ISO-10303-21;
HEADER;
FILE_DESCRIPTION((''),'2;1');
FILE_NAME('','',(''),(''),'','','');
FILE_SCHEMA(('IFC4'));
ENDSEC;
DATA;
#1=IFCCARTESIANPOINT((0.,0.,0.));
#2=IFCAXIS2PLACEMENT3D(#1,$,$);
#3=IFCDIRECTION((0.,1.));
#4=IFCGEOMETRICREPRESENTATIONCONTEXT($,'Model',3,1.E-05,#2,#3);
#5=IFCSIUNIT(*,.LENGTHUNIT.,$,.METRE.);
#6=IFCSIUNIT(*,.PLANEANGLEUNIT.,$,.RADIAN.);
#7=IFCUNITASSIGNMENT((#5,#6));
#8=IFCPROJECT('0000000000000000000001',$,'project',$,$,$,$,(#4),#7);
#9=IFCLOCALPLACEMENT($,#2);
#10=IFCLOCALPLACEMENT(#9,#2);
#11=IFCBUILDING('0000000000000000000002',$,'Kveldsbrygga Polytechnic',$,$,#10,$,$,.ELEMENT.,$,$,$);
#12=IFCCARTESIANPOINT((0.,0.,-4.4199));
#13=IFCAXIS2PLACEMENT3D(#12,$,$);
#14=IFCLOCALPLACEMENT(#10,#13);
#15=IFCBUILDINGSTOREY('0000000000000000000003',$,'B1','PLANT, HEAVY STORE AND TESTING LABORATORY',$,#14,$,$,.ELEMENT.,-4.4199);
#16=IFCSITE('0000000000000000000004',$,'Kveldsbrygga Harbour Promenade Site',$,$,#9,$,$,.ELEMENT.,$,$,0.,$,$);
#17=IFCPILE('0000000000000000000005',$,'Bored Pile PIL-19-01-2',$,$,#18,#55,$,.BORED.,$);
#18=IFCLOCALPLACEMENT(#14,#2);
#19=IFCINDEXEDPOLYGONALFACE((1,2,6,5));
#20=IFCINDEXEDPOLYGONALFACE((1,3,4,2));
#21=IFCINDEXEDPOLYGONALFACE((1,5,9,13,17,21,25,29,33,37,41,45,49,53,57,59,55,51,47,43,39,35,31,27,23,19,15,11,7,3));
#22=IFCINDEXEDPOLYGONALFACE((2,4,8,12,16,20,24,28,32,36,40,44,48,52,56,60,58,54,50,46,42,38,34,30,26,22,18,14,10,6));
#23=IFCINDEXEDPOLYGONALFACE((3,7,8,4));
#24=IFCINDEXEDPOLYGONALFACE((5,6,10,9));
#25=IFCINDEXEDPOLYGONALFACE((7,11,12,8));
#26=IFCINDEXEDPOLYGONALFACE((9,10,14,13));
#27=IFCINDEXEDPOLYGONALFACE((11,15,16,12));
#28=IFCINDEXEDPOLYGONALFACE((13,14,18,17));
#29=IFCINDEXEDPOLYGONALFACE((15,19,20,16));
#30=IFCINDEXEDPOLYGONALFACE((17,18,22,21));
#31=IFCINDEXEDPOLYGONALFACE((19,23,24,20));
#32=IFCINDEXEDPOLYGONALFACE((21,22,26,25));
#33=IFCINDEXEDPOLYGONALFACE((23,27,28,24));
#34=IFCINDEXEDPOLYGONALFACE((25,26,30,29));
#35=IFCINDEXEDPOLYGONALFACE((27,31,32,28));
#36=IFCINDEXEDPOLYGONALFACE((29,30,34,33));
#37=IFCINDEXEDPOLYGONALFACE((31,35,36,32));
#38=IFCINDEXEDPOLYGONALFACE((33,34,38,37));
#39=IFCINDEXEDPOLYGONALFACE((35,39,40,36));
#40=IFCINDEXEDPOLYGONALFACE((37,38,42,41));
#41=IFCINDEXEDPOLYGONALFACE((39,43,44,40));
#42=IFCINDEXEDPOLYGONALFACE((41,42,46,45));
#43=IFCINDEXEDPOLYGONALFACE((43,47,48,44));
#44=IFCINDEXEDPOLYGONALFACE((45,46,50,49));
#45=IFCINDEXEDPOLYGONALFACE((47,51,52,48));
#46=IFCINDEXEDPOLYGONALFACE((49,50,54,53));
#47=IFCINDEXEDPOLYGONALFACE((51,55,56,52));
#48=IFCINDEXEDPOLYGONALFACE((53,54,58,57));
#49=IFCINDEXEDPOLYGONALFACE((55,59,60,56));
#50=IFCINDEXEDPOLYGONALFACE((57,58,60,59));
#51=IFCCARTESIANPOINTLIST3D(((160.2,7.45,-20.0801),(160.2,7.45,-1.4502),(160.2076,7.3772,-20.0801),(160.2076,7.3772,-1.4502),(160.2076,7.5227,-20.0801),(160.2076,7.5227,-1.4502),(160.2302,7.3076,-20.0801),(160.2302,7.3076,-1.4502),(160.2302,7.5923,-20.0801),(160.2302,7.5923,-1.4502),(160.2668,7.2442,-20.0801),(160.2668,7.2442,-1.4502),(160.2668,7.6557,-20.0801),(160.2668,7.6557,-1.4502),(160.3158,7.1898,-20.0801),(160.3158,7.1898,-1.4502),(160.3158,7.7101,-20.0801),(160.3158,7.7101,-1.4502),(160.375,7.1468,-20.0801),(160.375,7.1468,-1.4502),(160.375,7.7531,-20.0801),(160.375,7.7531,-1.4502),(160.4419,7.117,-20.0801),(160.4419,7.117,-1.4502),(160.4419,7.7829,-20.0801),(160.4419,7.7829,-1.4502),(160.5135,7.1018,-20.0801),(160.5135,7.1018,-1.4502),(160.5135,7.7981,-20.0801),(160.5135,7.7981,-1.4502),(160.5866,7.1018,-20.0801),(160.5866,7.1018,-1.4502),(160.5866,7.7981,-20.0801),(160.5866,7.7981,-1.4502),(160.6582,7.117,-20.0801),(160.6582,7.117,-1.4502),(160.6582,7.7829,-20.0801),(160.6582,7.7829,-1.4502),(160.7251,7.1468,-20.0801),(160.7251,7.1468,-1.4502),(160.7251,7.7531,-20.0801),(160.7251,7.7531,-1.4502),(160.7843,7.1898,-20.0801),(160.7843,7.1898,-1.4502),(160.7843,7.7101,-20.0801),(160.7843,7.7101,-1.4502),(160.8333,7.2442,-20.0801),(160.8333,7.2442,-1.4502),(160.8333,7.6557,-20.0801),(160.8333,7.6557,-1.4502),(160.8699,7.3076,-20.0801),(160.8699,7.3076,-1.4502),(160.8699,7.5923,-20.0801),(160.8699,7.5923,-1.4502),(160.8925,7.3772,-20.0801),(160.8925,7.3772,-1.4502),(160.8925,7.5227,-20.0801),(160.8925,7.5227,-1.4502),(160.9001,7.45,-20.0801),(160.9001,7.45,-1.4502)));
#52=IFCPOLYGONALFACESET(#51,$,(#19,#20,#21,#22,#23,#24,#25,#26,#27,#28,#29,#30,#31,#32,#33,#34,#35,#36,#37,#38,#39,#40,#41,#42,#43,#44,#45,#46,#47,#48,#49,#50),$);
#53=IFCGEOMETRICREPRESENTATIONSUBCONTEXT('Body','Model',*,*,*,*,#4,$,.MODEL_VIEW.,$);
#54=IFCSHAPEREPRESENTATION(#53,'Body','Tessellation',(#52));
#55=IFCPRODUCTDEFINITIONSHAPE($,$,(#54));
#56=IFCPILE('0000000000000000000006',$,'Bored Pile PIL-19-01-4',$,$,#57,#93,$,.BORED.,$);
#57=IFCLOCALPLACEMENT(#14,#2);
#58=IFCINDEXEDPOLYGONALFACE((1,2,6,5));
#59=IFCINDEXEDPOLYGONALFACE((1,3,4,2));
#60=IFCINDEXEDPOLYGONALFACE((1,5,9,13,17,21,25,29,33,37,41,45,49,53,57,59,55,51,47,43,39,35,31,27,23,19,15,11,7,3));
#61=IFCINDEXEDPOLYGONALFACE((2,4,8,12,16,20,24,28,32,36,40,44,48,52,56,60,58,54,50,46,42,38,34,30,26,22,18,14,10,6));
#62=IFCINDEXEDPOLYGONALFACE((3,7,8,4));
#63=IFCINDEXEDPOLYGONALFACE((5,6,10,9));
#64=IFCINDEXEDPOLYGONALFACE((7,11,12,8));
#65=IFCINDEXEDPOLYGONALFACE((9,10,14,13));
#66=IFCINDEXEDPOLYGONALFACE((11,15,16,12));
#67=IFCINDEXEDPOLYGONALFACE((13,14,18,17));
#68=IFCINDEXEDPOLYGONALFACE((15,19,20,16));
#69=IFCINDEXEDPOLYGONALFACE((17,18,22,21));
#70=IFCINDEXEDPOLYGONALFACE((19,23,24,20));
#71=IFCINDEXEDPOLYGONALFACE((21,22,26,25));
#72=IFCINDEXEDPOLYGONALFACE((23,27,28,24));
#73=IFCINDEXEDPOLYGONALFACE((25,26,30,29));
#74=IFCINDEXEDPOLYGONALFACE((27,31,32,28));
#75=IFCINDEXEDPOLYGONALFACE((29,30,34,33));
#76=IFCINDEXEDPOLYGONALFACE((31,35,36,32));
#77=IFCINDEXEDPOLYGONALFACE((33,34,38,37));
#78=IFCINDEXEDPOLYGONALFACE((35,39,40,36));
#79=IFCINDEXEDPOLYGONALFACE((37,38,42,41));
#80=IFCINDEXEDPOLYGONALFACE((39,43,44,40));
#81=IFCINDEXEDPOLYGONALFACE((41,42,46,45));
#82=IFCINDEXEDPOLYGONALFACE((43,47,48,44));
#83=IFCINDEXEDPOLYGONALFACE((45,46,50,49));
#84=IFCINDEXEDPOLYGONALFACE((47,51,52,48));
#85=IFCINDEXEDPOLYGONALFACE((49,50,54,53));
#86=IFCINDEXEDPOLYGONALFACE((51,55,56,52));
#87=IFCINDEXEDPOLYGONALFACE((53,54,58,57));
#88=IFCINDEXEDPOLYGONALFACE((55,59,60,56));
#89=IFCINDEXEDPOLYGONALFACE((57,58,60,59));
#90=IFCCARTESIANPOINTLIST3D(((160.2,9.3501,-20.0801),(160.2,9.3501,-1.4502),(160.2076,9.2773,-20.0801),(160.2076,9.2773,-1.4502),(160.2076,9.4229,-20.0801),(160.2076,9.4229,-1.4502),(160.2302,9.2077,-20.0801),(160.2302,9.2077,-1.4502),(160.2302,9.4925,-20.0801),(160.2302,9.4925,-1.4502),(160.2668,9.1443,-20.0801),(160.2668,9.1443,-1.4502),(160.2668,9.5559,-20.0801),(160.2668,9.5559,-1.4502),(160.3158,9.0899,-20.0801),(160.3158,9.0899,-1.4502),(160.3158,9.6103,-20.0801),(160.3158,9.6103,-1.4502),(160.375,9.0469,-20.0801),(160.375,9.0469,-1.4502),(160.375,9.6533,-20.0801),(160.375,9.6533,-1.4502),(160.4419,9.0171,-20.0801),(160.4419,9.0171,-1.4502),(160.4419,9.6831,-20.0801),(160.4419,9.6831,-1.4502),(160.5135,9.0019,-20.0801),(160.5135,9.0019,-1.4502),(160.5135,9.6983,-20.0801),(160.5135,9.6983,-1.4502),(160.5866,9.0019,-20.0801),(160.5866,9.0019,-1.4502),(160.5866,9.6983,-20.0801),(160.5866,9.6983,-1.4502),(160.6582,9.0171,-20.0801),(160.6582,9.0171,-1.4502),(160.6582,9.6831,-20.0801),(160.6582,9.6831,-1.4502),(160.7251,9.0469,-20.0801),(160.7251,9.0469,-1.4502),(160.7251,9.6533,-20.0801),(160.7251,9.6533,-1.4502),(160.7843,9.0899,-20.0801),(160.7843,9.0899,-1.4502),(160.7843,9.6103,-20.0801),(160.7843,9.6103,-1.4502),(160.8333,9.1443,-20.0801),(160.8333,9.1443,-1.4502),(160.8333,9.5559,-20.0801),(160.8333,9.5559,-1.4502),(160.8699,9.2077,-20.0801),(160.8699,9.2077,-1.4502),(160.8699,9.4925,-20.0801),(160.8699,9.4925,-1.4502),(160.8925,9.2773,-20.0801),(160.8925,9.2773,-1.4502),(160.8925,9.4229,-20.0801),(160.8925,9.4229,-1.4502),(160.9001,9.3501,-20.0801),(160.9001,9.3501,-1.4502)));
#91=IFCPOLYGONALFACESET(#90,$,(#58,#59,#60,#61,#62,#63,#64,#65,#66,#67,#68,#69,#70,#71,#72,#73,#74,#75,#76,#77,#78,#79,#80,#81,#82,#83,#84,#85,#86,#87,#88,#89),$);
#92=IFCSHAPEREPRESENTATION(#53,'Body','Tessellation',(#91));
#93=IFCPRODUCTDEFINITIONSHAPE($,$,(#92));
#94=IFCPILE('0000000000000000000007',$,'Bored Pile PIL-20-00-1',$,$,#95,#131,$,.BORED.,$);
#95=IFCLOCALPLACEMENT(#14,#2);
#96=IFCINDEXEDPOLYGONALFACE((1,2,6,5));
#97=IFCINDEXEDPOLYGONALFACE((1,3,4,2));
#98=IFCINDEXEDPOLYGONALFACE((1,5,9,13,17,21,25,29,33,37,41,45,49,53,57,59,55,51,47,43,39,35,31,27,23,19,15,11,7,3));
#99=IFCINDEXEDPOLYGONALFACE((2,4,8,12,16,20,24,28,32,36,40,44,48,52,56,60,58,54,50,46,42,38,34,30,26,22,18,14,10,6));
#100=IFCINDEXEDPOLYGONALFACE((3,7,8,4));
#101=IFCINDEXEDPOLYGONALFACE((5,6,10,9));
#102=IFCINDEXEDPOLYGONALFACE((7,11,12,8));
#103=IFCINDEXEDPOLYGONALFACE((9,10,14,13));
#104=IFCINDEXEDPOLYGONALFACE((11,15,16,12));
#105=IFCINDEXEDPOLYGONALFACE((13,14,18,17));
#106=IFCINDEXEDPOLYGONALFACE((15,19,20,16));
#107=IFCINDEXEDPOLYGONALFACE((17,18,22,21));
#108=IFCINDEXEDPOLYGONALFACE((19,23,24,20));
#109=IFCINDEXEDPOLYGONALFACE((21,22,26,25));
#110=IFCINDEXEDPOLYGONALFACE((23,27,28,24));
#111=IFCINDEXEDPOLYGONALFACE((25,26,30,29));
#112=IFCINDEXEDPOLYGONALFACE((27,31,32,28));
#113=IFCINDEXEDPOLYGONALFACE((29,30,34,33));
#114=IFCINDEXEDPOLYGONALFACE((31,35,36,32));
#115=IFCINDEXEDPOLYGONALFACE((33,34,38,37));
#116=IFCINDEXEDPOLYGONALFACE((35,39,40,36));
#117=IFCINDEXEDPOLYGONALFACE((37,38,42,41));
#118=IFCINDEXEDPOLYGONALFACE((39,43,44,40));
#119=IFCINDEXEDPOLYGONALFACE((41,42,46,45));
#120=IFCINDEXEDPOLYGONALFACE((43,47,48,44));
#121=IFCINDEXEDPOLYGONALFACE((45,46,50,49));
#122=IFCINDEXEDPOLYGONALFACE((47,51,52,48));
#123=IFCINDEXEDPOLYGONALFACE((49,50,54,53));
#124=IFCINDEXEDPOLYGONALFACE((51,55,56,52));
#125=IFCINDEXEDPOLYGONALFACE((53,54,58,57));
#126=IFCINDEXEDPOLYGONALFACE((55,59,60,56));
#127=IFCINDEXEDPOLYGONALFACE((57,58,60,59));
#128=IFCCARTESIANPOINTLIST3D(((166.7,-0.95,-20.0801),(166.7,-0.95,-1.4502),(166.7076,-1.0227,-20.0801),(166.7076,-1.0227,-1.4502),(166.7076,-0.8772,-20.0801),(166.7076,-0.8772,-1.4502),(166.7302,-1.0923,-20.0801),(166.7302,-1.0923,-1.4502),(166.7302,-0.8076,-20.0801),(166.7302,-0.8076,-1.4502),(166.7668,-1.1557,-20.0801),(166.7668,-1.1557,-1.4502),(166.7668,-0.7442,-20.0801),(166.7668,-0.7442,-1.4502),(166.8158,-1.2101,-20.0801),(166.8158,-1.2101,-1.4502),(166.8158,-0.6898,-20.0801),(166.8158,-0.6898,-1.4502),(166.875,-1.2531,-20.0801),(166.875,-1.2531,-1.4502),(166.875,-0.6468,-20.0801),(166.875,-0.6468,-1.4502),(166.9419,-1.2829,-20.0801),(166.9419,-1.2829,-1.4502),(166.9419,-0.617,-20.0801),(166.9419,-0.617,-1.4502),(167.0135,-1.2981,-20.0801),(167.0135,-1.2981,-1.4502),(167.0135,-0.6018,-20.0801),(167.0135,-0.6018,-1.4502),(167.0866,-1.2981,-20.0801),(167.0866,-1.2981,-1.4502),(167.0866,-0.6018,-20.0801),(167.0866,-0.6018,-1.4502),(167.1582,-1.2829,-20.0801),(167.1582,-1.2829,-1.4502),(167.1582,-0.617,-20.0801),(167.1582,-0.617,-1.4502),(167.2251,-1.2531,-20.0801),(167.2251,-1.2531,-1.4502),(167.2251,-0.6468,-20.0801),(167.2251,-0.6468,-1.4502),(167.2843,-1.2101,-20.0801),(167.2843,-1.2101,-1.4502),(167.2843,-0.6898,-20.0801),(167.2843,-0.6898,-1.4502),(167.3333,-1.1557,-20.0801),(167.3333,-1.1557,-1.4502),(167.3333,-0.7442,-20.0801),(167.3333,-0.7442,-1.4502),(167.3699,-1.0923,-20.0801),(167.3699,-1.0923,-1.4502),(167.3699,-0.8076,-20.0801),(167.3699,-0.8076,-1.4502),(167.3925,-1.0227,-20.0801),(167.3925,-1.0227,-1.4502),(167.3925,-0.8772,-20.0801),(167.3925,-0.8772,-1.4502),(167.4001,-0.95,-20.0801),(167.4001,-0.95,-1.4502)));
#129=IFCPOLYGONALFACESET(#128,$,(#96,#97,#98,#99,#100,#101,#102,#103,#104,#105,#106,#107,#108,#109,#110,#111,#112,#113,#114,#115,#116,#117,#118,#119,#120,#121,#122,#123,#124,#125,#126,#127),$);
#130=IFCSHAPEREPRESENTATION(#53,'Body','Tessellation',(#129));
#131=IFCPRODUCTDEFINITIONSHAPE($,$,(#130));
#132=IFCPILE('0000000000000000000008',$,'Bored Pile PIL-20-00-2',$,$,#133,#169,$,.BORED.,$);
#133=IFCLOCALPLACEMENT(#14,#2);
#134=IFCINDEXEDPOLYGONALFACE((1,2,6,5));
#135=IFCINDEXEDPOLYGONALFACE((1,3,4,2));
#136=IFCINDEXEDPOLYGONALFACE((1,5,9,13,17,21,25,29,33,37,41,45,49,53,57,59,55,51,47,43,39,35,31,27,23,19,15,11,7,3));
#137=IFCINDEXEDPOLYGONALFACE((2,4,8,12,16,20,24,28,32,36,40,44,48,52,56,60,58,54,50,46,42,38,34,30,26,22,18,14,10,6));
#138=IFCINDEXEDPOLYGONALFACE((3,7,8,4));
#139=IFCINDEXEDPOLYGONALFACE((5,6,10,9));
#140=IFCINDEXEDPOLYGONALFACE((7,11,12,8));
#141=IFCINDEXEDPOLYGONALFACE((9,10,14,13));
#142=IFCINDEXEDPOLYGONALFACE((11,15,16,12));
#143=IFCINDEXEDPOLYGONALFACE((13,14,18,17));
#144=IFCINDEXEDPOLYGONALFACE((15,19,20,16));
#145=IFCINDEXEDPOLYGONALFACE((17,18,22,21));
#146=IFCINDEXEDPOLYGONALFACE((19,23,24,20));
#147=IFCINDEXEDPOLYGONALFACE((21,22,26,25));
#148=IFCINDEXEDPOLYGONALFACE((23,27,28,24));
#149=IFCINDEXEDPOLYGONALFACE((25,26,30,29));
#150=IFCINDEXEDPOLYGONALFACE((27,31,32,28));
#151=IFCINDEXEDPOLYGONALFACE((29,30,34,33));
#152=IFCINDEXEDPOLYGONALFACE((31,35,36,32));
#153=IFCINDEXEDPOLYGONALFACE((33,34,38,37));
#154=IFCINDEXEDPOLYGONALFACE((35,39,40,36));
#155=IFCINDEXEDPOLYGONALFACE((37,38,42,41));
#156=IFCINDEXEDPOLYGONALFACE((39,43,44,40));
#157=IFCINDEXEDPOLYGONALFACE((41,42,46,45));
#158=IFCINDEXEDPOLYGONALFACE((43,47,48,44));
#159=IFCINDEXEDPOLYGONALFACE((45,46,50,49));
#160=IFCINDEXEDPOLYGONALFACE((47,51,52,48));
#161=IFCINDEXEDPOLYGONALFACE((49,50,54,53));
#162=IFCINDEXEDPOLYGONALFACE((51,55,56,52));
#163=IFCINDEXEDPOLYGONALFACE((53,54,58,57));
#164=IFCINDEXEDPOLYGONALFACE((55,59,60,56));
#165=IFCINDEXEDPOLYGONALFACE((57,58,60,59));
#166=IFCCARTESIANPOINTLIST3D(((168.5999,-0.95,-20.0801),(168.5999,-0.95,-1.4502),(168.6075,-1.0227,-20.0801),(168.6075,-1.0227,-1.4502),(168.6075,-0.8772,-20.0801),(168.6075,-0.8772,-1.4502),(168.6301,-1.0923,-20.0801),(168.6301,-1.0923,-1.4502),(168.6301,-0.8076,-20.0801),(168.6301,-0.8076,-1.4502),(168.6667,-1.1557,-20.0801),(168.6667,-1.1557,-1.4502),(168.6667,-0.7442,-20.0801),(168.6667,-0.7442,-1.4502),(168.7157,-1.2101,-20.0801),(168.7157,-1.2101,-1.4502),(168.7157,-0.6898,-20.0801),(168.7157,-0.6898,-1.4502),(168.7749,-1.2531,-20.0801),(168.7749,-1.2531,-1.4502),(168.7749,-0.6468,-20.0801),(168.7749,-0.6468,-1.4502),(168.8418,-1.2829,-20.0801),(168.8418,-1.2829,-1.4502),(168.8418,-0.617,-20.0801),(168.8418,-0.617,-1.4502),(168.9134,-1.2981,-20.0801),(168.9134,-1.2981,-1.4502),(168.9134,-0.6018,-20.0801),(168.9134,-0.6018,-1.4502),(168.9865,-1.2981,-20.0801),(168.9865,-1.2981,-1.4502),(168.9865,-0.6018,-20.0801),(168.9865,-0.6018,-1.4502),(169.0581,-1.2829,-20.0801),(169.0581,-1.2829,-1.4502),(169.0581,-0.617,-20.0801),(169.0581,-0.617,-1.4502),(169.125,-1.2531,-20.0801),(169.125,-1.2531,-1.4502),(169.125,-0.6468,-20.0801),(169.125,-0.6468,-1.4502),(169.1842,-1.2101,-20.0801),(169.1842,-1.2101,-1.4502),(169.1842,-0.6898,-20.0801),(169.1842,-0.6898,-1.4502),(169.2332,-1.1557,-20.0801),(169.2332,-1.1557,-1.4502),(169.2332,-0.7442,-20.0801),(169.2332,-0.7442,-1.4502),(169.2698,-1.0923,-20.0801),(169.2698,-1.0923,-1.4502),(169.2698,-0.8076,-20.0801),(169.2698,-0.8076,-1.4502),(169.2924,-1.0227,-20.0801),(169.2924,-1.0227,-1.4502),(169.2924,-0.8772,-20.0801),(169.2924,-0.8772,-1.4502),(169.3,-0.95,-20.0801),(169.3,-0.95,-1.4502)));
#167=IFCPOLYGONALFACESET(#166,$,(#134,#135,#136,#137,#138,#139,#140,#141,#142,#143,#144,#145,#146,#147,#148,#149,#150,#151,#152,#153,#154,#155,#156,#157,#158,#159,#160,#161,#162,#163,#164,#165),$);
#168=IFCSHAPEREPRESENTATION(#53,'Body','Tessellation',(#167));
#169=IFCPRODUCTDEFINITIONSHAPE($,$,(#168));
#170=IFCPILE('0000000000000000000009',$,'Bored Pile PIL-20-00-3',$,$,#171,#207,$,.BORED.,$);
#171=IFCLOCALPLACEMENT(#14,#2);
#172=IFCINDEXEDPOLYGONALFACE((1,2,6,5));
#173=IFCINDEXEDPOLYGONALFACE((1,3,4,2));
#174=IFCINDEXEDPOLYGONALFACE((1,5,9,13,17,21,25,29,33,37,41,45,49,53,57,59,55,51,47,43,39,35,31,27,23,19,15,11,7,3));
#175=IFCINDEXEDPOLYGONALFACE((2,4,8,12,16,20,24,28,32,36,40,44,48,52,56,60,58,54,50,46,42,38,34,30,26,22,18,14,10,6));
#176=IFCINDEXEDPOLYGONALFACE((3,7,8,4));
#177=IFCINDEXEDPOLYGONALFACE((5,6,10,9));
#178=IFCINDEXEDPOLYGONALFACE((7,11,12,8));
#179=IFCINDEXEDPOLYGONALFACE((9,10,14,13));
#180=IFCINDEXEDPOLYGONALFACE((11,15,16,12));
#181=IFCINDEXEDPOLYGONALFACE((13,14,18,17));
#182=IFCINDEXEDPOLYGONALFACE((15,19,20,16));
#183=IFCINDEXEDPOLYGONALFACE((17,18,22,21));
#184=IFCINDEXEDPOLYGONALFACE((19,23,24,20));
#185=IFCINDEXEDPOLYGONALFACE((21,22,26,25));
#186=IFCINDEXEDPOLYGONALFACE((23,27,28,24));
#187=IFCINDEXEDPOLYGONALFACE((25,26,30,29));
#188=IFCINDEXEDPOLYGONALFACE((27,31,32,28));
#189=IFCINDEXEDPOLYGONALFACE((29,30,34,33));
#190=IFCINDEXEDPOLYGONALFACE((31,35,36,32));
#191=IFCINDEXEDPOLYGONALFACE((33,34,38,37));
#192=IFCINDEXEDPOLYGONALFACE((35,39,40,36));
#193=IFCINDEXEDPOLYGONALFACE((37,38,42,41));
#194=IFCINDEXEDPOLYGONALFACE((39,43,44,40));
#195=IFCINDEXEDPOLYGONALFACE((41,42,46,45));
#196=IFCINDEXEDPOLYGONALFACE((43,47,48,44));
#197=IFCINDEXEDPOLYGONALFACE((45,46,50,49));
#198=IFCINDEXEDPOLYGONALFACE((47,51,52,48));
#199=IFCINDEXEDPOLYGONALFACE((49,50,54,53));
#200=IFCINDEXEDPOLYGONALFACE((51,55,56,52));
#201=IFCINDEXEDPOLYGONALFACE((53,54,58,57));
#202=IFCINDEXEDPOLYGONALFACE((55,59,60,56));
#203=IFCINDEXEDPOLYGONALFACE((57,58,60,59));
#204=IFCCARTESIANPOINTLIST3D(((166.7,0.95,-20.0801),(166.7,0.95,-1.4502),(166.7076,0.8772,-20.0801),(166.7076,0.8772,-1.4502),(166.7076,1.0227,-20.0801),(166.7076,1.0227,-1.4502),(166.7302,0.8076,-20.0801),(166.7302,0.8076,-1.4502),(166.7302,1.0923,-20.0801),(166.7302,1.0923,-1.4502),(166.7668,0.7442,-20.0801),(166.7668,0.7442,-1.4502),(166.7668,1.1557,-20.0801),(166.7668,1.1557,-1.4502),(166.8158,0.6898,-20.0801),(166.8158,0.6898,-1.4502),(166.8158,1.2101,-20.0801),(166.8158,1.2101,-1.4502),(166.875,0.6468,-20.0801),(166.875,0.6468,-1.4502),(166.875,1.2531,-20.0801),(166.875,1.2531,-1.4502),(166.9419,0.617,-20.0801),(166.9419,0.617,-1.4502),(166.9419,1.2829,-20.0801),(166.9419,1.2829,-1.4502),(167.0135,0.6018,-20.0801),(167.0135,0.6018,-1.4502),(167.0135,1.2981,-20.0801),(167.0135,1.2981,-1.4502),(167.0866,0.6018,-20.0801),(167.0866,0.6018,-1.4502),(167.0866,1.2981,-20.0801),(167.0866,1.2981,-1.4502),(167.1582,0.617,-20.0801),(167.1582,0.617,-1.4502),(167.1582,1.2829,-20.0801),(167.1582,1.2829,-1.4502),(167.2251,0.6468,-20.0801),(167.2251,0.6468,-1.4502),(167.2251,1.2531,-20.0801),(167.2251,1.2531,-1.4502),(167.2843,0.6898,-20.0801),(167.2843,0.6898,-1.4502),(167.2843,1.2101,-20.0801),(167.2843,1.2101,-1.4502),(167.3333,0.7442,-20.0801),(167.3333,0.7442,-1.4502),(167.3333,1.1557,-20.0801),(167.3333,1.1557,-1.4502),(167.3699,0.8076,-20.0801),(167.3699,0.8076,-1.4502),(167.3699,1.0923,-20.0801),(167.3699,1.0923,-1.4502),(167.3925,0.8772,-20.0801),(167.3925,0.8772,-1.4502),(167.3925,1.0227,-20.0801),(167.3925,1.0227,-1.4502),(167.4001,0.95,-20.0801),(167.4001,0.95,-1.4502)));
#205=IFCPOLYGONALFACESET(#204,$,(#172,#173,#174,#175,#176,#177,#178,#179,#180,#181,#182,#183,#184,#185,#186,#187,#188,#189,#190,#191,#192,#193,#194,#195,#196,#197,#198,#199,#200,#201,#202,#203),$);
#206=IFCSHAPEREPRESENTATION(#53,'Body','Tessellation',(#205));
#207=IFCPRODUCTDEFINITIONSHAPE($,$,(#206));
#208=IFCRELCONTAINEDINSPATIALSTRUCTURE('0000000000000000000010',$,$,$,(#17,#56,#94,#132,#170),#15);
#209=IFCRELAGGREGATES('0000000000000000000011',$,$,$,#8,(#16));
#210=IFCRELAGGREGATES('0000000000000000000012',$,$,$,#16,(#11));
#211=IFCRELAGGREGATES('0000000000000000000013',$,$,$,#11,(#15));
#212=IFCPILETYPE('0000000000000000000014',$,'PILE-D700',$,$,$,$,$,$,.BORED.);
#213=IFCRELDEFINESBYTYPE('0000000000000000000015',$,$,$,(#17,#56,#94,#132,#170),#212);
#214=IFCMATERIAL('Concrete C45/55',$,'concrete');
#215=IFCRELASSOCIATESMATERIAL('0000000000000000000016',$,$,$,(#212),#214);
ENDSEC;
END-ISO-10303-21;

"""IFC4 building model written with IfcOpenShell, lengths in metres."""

from ifc_helpers import new_model, si_unit, direction, frame, origin, origin_2d, place, context, subcontext, project, spatial, circle, extrude, material, material_profile, profile_set, type_object, element, save


model = new_model("IFC4")

# Units and contexts
model_context = context("Model", 3, precision=1e-05, world=origin(), true_north=direction((0.0, 1.0)))
body_context = subcontext(model_context, "Body", "Model", "MODEL_VIEW")
ifc_project = project(units=[si_unit("LENGTHUNIT", "METRE"), si_unit("PLANEANGLEUNIT", "RADIAN")], contexts=[model_context])

# Site, building, storey
site_placement = place(None, origin())
site = spatial("IfcSite", under=ifc_project, at=site_placement, Name="Kveldsbrygga Harbour Promenade Site", CompositionType="ELEMENT", RefElevation=0.0)
building_placement = place(site_placement, origin())
building = spatial("IfcBuilding", under=site, at=building_placement, Name="Kveldsbrygga Polytechnic", CompositionType="ELEMENT")
storey_placement = place(building_placement, frame((0.0, 0.0, -4.4199)))
storey = spatial("IfcBuildingStorey", under=building, at=storey_placement, Name="B1", Description="PLANT, HEAVY STORE AND TESTING LABORATORY", CompositionType="ELEMENT", Elevation=-4.4199)

# Shared definitions
ifc_material_1 = material(Name="Concrete C45/55", Category="concrete")

# Piles
ifc_material_profile_1 = material_profile(ifc_material_1, circle(Radius=0.3501, at=origin_2d()), Name="PILE D700")
ifc_profile_set_1 = profile_set([ifc_material_profile_1], Name="Concrete C45/55")
pile_type_1 = type_object("IfcPileType", Name="PILE-D700", PredefinedType="BORED", material=ifc_profile_set_1)
for number, where, z_axis, x_axis, name in (
    (1, (160.55, 7.45, -1.4502), (0.0, 0.0, -1.0), (1.0, 0.0, 0.0), "Bored Pile PIL-19-01-2"),
    (2, (160.55, 9.3501, -1.4502), (0.0, 0.0, -1.0), (1.0, 0.0, 0.0), "Bored Pile PIL-19-01-4"),
    (3, (167.05, -0.95, -1.4502), (0.0, 0.0, -1.0), (1.0, 0.0, 0.0), "Bored Pile PIL-20-00-1"),
    (4, (168.95, -0.95, -1.4502), (0.0, 0.0, -1.0), (1.0, 0.0, 0.0), "Bored Pile PIL-20-00-2"),
    (5, (167.05, 0.95, -1.4502), (0.0, 0.0, -1.0), (1.0, 0.0, 0.0), "Bored Pile PIL-20-00-3"),
):
    element("IfcPile", number, at=place(storey_placement, frame(where, z_axis=z_axis, x_axis=x_axis)), inside=storey, type_object=pile_type_1, Name=name, PredefinedType="BORED", context=body_context, shape_type="SweptSolid", body=[
        extrude(circle(Radius=0.3501, at=origin_2d()), origin(), (0.0, 0.0, 1.0), 18.6299),
    ])

save(model, "model.ifc")
